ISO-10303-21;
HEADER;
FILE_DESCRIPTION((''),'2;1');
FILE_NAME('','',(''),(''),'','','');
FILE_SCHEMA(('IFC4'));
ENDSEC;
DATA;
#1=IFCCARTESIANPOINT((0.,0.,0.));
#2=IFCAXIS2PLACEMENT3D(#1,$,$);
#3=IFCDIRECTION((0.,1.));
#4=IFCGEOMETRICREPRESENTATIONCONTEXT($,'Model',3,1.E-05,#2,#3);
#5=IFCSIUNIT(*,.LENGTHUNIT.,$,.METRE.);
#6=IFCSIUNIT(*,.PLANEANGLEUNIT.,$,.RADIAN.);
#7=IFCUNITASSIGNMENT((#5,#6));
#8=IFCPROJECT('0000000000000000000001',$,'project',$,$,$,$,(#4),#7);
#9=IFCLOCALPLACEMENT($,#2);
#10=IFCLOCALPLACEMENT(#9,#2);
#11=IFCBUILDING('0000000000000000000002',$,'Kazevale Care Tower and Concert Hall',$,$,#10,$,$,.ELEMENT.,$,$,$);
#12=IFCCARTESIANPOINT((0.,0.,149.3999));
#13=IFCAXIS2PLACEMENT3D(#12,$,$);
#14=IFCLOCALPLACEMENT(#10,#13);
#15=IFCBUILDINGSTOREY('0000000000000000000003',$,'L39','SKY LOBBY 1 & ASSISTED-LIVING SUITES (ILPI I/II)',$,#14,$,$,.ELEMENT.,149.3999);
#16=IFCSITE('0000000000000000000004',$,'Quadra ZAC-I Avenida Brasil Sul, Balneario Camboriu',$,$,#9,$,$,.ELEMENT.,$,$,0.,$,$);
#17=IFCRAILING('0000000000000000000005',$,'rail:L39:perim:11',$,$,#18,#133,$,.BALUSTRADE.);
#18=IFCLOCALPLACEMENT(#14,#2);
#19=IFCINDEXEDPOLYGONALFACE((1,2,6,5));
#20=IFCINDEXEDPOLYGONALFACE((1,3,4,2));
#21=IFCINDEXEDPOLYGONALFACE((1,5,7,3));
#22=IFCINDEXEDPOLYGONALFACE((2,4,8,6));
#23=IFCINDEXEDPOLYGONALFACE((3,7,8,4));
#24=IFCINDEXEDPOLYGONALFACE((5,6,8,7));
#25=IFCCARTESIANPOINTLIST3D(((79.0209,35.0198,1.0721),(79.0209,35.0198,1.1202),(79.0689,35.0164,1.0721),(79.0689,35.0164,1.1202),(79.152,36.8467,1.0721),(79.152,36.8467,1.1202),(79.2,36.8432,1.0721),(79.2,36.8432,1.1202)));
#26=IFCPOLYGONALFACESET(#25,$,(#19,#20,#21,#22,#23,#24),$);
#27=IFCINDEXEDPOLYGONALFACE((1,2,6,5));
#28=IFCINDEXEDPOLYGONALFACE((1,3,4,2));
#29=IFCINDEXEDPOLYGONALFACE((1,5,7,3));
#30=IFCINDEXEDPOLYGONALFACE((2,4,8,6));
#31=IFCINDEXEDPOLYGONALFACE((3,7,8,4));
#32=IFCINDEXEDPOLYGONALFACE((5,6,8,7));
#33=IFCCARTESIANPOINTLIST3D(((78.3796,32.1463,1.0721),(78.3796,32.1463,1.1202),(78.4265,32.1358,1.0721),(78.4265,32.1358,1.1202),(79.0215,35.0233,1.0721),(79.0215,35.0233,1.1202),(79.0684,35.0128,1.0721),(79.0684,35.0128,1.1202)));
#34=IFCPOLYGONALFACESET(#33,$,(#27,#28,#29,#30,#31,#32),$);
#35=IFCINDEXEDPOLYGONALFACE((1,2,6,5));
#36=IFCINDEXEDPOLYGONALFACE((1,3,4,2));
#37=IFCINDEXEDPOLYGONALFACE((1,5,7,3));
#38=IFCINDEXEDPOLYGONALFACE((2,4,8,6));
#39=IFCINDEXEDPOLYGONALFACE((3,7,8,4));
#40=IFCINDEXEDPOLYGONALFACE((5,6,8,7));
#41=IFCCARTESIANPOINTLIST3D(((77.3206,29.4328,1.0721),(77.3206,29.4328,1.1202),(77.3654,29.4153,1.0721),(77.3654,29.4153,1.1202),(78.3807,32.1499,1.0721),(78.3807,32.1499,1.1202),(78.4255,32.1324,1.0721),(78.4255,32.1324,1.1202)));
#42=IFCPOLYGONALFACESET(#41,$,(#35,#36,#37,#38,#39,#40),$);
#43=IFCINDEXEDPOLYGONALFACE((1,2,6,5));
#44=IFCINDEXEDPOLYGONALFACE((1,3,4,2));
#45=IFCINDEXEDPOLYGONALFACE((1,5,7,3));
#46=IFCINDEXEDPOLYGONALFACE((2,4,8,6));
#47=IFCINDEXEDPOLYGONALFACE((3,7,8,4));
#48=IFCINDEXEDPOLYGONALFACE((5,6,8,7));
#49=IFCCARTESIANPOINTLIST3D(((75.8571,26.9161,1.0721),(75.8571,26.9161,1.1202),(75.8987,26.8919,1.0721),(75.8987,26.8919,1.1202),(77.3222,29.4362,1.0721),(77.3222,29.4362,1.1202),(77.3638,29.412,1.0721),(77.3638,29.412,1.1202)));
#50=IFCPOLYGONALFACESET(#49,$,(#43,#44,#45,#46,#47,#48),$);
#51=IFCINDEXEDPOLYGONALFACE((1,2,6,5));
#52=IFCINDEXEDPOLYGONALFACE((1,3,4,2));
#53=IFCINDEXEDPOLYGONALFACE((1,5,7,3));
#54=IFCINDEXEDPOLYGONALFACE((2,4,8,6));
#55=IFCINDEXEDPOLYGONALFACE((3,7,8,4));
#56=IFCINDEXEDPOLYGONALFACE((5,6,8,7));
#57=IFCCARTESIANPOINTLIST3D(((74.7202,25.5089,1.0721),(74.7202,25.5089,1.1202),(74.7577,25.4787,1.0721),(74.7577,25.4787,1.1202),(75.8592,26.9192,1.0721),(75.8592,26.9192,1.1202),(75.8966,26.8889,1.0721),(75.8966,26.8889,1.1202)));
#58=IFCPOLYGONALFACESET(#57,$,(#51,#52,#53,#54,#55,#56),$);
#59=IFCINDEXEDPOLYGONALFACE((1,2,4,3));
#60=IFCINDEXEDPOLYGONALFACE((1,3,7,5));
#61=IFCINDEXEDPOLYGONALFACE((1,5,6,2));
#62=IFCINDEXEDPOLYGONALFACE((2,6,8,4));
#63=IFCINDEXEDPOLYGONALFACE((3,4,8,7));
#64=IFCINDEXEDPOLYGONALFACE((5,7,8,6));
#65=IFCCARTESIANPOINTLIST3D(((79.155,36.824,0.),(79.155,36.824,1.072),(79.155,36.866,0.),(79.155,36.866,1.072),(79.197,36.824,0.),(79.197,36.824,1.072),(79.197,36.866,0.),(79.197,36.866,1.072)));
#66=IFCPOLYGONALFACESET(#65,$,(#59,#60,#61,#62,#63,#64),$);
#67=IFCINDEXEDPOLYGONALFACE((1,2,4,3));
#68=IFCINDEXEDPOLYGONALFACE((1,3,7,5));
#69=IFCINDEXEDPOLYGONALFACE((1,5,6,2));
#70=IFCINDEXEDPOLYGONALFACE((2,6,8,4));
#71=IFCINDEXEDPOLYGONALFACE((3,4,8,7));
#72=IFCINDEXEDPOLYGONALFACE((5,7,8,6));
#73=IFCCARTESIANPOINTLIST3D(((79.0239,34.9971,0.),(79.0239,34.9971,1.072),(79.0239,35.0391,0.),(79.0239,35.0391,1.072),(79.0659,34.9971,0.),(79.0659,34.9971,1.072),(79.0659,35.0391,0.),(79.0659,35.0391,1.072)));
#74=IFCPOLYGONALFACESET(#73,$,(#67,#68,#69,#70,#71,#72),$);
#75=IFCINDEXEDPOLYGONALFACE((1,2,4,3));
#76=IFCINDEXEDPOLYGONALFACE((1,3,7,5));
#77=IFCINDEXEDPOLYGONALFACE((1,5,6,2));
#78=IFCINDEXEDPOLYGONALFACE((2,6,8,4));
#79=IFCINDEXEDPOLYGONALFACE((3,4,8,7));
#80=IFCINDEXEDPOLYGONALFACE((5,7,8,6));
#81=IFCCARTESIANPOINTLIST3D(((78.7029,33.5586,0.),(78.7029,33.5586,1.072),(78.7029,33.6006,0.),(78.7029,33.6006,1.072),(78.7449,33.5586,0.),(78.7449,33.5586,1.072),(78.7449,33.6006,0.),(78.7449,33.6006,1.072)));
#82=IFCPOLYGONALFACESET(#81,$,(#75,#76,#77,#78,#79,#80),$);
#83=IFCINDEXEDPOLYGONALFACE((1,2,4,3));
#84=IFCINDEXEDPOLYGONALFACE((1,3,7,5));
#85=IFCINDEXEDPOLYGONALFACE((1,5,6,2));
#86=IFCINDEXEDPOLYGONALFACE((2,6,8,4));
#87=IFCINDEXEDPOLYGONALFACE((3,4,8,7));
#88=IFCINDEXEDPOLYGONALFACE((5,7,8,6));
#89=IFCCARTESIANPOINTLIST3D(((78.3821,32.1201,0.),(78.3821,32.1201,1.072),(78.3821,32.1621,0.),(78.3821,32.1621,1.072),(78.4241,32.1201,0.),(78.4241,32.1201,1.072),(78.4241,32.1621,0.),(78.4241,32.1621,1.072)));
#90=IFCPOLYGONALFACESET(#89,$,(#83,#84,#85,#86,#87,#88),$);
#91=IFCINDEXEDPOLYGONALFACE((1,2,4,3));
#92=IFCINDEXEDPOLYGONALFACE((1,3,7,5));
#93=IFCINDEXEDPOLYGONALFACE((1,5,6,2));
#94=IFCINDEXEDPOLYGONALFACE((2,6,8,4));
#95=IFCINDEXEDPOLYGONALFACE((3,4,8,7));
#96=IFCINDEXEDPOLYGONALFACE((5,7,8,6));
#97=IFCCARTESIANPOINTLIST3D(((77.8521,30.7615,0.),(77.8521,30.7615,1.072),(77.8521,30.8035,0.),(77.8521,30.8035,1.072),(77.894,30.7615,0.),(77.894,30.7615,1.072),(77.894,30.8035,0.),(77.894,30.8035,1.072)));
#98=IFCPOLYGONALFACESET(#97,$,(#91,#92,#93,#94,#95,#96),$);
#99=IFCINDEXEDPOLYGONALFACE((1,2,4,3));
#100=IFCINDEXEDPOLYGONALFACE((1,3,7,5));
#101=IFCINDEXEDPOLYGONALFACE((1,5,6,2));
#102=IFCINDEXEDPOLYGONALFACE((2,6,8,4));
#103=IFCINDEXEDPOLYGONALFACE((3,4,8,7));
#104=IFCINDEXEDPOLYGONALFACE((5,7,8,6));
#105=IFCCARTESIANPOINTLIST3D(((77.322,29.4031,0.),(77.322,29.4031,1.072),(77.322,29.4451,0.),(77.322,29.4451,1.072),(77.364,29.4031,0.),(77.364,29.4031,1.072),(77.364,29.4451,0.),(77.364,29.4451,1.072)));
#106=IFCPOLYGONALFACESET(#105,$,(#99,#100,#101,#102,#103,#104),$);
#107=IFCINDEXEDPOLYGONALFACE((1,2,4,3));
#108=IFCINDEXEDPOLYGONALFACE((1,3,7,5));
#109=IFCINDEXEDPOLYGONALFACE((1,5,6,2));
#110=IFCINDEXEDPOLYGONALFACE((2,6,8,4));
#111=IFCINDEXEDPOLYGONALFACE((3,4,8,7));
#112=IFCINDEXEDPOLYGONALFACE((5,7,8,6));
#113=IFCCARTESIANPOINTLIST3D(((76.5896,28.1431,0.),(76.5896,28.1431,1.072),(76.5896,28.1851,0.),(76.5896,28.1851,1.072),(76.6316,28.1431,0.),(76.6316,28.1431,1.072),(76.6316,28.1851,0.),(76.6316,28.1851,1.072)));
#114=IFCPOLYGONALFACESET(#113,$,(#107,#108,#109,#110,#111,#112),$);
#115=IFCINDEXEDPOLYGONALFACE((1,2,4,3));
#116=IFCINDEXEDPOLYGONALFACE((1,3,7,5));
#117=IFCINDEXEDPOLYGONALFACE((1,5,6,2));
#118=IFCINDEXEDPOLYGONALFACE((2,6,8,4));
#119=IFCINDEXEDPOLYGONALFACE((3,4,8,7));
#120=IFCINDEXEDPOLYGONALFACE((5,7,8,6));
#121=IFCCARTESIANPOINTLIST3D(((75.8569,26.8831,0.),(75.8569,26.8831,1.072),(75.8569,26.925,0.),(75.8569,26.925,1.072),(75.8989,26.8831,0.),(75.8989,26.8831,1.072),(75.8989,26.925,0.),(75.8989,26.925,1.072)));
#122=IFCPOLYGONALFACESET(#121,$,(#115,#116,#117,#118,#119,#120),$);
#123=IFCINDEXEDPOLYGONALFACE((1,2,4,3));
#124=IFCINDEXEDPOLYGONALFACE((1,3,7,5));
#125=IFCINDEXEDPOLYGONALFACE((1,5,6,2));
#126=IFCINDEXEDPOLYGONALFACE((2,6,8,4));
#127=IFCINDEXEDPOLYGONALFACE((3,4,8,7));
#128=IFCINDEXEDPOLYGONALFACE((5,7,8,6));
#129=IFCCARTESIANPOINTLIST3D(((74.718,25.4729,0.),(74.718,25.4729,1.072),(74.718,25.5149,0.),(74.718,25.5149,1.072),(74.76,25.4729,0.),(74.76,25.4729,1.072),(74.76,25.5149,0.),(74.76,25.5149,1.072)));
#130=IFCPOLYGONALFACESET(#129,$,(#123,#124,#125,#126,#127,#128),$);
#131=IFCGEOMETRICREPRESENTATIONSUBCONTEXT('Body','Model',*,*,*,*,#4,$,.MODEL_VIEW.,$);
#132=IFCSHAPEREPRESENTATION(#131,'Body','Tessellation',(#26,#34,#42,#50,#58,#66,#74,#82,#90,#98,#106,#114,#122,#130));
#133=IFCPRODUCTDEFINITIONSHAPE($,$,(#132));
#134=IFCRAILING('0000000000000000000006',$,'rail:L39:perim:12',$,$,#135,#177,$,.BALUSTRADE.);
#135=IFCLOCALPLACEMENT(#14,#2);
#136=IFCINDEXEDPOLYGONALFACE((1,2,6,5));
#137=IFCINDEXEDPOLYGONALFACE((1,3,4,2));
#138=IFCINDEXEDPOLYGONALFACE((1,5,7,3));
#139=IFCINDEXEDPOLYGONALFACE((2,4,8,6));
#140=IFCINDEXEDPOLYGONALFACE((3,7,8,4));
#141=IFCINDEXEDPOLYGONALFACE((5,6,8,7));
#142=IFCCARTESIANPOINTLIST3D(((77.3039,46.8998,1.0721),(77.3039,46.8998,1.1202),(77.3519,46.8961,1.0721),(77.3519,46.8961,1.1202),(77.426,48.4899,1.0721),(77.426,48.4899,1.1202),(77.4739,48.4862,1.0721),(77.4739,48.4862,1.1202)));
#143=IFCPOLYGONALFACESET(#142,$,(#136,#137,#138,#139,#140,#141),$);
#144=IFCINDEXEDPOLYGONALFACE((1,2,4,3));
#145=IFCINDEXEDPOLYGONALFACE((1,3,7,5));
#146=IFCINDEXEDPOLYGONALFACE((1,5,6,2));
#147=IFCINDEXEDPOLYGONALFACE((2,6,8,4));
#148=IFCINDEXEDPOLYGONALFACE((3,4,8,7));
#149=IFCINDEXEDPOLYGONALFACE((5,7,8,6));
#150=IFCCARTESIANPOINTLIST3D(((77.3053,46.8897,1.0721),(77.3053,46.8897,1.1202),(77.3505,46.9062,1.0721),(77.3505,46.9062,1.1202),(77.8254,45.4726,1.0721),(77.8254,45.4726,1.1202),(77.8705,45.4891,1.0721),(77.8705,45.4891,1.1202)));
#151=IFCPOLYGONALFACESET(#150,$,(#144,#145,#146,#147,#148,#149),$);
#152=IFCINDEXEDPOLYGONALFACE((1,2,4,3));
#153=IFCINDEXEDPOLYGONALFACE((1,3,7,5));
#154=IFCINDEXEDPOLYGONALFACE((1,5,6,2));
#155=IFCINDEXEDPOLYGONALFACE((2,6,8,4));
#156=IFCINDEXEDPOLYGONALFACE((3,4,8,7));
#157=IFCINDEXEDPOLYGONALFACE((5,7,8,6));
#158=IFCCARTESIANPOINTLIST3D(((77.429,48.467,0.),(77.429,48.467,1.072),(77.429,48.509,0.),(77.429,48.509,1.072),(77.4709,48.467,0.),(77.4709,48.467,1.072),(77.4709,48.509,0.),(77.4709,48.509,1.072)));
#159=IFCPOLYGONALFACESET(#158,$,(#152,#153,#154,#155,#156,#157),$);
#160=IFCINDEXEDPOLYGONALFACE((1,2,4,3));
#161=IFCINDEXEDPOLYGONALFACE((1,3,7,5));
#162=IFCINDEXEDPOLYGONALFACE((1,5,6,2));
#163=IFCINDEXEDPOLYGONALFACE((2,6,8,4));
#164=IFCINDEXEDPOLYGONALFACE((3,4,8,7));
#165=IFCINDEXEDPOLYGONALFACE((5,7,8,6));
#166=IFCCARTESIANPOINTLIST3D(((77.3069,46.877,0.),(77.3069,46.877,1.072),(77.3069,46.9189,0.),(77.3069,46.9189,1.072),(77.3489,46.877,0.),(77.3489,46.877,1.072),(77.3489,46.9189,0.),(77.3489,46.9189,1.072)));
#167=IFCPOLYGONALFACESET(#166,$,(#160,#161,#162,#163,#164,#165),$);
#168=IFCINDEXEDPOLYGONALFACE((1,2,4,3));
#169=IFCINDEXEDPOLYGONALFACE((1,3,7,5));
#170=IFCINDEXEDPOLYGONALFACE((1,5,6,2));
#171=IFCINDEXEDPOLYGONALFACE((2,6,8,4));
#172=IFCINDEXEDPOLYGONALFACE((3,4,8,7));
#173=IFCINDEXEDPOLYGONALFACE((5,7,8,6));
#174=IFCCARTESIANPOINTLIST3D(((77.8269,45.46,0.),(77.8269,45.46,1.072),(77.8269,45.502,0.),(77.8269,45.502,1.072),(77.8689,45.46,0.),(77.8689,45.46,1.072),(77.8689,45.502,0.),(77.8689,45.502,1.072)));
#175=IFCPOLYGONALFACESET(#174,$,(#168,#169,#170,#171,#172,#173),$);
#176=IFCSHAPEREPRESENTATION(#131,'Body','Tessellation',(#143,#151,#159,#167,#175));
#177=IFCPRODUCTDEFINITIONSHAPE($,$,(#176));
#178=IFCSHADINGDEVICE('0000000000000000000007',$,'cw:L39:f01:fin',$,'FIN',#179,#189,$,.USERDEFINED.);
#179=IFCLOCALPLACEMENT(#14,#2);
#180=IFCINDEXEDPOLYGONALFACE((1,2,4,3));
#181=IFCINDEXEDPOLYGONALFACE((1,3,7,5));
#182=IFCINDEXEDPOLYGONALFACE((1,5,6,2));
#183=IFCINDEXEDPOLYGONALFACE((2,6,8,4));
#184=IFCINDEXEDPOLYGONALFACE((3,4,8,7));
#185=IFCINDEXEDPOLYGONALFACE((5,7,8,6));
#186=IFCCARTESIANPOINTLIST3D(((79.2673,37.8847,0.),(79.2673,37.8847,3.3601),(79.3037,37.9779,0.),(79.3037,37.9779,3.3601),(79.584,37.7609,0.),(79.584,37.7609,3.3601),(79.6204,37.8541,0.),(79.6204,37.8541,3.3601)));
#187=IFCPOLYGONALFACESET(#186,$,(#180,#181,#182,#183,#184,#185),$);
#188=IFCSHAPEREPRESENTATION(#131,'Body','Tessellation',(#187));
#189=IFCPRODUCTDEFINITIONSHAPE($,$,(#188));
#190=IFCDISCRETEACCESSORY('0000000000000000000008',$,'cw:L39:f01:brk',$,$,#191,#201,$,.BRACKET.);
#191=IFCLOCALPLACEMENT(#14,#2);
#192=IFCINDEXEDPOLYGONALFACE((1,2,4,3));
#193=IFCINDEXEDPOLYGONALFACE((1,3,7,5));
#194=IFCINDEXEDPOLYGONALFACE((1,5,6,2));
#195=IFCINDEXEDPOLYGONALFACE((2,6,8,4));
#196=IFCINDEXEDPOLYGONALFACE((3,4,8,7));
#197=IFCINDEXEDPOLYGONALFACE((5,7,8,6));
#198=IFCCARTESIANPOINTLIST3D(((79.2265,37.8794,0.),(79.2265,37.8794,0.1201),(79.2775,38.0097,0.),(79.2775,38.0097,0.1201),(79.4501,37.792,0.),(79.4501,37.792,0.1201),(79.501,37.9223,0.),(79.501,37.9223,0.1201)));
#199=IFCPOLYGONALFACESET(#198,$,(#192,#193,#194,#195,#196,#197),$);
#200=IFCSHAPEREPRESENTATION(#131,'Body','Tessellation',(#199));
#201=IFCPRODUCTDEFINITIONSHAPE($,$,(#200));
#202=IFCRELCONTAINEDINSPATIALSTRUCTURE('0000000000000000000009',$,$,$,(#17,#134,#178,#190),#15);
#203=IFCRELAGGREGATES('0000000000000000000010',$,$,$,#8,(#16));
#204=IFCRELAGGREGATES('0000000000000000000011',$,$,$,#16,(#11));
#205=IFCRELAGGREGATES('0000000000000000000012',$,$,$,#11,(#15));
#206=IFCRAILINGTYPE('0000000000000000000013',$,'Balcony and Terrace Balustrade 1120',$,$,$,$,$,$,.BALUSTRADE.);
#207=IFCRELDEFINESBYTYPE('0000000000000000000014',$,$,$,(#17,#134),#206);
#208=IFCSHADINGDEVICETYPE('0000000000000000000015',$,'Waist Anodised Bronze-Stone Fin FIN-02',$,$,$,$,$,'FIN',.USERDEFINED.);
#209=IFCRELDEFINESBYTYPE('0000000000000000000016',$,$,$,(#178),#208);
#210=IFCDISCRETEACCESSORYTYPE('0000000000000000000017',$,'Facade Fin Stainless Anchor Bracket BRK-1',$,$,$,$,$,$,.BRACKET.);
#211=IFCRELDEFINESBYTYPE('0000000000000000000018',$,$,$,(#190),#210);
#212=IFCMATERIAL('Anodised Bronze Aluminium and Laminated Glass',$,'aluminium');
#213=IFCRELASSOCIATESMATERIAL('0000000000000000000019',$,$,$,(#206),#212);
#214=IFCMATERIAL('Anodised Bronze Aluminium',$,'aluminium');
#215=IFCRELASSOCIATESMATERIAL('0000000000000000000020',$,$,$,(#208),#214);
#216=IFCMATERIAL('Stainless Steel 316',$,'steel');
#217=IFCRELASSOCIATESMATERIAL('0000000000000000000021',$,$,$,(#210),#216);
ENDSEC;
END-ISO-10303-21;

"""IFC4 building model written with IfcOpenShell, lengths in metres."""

from ifc_helpers import new_model, si_unit, direction, frame, origin, origin_2d, place, context, subcontext, project, spatial, rectangle, extrude, material, type_object, element, save


model = new_model("IFC4")

# Units and contexts
model_context = context("Model", 3, precision=1e-05, world=origin(), true_north=direction((0.0, 1.0)))
body_context = subcontext(model_context, "Body", "Model", "MODEL_VIEW")
ifc_project = project(units=[si_unit("LENGTHUNIT", "METRE"), si_unit("PLANEANGLEUNIT", "RADIAN")], contexts=[model_context])

# Site, building, storey
site_placement = place(None, origin())
site = spatial("IfcSite", under=ifc_project, at=site_placement, Name="Quadra ZAC-I Avenida Brasil Sul, Balneario Camboriu", CompositionType="ELEMENT", RefElevation=0.0)
building_placement = place(site_placement, origin())
building = spatial("IfcBuilding", under=site, at=building_placement, Name="Kazevale Care Tower and Concert Hall", CompositionType="ELEMENT")
storey_placement = place(building_placement, frame((0.0, 0.0, 149.3999)))
storey = spatial("IfcBuildingStorey", under=building, at=storey_placement, Name="L39", Description="SKY LOBBY 1 & ASSISTED-LIVING SUITES (ILPI I/II)", CompositionType="ELEMENT", Elevation=149.3999)

# Railings
ifc_material_1 = material(Name="Anodised Bronze Aluminium and Laminated Glass", Category="aluminium")
railing_type = type_object("IfcRailingType", Name="Balcony and Terrace Balustrade 1120", PredefinedType="BALUSTRADE", material=ifc_material_1)
railing_1_placement = place(storey_placement, frame((79.176, 36.845, 0.0)))
element("IfcRailing", 1, at=railing_1_placement, inside=storey, type_object=railing_type, Name="rail:L39:perim:11", PredefinedType="BALUSTRADE", context=body_context, shape_type="SweptSolid", body=[
    extrude(rectangle(XDim=0.0481, YDim=0.0481, at=origin_2d()), frame((0.0, 0.0, 1.0962), z_axis=(-0.071579, -0.997435, 0.0), x_axis=(0.997435, -0.071579, 0.0)), (0.0, 0.0, 1.0), 1.8315),
    extrude(rectangle(XDim=0.0481, YDim=0.0481, at=origin_2d()), frame((-0.1311, -1.8269, 1.0962), z_axis=(-0.217746, -0.976005, 0.0), x_axis=(0.976005, -0.217746, 0.0)), (0.0, 0.0, 1.0), 2.9478),
    extrude(rectangle(XDim=0.0481, YDim=0.0481, at=origin_2d()), frame((-0.7729, -4.7039, 1.0962), z_axis=(-0.363468, -0.931607, 0.0), x_axis=(0.931607, -0.363468, 0.0)), (0.0, 0.0, 1.0), 2.9165),
    extrude(rectangle(XDim=0.0481, YDim=0.0481, at=origin_2d()), frame((-1.833, -7.4209, 1.0962), z_axis=(-0.50261, -0.864513, 0.0), x_axis=(0.864513, -0.50261, 0.0)), (0.0, 0.0, 1.0), 2.915),
    extrude(rectangle(XDim=0.0481, YDim=0.0481, at=origin_2d()), frame((-3.2981, -9.9409, 1.0962), z_axis=(-0.628318, -0.777956, 0.0), x_axis=(0.777956, -0.628318, 0.0)), (0.0, 0.0, 1.0), 1.8127),
    extrude(rectangle(XDim=0.042, YDim=0.042, at=origin_2d()), origin(), (0.0, 0.0, 1.0), 1.072),
    extrude(rectangle(XDim=0.042, YDim=0.042, at=origin_2d()), frame((-0.1311, -1.8269, 0.0)), (0.0, 0.0, 1.0), 1.072),
    extrude(rectangle(XDim=0.042, YDim=0.042, at=origin_2d()), frame((-0.4521, -3.2654, 0.0)), (0.0, 0.0, 1.0), 1.072),
    extrude(rectangle(XDim=0.042, YDim=0.042, at=origin_2d()), frame((-0.7729, -4.7039, 0.0)), (0.0, 0.0, 1.0), 1.072),
    extrude(rectangle(XDim=0.042, YDim=0.042, at=origin_2d()), frame((-1.303, -6.0625, 0.0)), (0.0, 0.0, 1.0), 1.072),
    extrude(rectangle(XDim=0.042, YDim=0.042, at=origin_2d()), frame((-1.833, -7.4209, 0.0)), (0.0, 0.0, 1.0), 1.072),
    extrude(rectangle(XDim=0.042, YDim=0.042, at=origin_2d()), frame((-2.5654, -8.6809, 0.0)), (0.0, 0.0, 1.0), 1.072),
    extrude(rectangle(XDim=0.042, YDim=0.042, at=origin_2d()), frame((-3.2981, -9.9409, 0.0)), (0.0, 0.0, 1.0), 1.072),
    extrude(rectangle(XDim=0.042, YDim=0.042, at=origin_2d()), frame((-4.437, -11.3511, 0.0)), (0.0, 0.0, 1.0), 1.072),
])
railing_2_placement = place(storey_placement, frame((77.45, 48.488, 0.0)))
element("IfcRailing", 2, at=railing_2_placement, inside=storey, type_object=railing_type, Name="rail:L39:perim:12", PredefinedType="BALUSTRADE", context=body_context, shape_type="SweptSolid", body=[
    extrude(rectangle(XDim=0.0481, YDim=0.0481, at=origin_2d()), frame((0.0, 0.0, 1.0962), z_axis=(-0.076544, -0.997066, 0.0), x_axis=(0.997066, -0.076544, 0.0)), (0.0, 0.0, 1.0), 1.5947),
    extrude(rectangle(XDim=0.0481, YDim=0.0481, at=origin_2d()), frame((-0.1221, -1.5901, 1.0962), z_axis=(0.344521, -0.938779, 0.0), x_axis=(0.938779, 0.344521, 0.0)), (0.0, 0.0, 1.0), 1.5095),
    extrude(rectangle(XDim=0.042, YDim=0.042, at=origin_2d()), origin(), (0.0, 0.0, 1.0), 1.072),
    extrude(rectangle(XDim=0.042, YDim=0.042, at=origin_2d()), frame((-0.1221, -1.5901, 0.0)), (0.0, 0.0, 1.0), 1.072),
    extrude(rectangle(XDim=0.042, YDim=0.042, at=origin_2d()), frame((0.3979, -3.0071, 0.0)), (0.0, 0.0, 1.0), 1.072),
])

# Shading device
ifc_material_2 = material(Name="Anodised Bronze Aluminium", Category="aluminium")
shading_device_type = type_object("IfcShadingDeviceType", Name="Waist Anodised Bronze-Stone Fin FIN-02", ElementType="FIN", PredefinedType="USERDEFINED", material=ifc_material_2)
shading_device_placement = place(storey_placement, frame((79.4438, 37.8694, 0.0), z_axis=(0.0, 0.0, 1.0), x_axis=(0.931374, -0.364064, 0.0)))
element("IfcShadingDevice", 3, at=shading_device_placement, inside=storey, type_object=shading_device_type, Name="cw:L39:f01:fin", ObjectType="FIN", PredefinedType="USERDEFINED", context=body_context, shape_type="SweptSolid", body=[
    extrude(rectangle(XDim=0.3401, YDim=0.1001, at=origin_2d()), origin(), (0.0, 0.0, 1.0), 3.3601),
])

# Discrete accessory
ifc_material_3 = material(Name="Stainless Steel 316", Category="steel")
discrete_accessory_type = type_object("IfcDiscreteAccessoryType", Name="Facade Fin Stainless Anchor Bracket BRK-1", PredefinedType="BRACKET", material=ifc_material_3)
discrete_accessory_placement = place(storey_placement, frame((79.3638, 37.9009, 0.0), z_axis=(0.0, 0.0, 1.0), x_axis=(0.931374, -0.364064, 0.0)))
element("IfcDiscreteAccessory", 4, at=discrete_accessory_placement, inside=storey, type_object=discrete_accessory_type, Name="cw:L39:f01:brk", PredefinedType="BRACKET", context=body_context, shape_type="SweptSolid", body=[
    extrude(rectangle(XDim=0.24, YDim=0.1399, at=origin_2d()), origin(), (0.0, 0.0, 1.0), 0.1201),
])

save(model, "model.ifc")
